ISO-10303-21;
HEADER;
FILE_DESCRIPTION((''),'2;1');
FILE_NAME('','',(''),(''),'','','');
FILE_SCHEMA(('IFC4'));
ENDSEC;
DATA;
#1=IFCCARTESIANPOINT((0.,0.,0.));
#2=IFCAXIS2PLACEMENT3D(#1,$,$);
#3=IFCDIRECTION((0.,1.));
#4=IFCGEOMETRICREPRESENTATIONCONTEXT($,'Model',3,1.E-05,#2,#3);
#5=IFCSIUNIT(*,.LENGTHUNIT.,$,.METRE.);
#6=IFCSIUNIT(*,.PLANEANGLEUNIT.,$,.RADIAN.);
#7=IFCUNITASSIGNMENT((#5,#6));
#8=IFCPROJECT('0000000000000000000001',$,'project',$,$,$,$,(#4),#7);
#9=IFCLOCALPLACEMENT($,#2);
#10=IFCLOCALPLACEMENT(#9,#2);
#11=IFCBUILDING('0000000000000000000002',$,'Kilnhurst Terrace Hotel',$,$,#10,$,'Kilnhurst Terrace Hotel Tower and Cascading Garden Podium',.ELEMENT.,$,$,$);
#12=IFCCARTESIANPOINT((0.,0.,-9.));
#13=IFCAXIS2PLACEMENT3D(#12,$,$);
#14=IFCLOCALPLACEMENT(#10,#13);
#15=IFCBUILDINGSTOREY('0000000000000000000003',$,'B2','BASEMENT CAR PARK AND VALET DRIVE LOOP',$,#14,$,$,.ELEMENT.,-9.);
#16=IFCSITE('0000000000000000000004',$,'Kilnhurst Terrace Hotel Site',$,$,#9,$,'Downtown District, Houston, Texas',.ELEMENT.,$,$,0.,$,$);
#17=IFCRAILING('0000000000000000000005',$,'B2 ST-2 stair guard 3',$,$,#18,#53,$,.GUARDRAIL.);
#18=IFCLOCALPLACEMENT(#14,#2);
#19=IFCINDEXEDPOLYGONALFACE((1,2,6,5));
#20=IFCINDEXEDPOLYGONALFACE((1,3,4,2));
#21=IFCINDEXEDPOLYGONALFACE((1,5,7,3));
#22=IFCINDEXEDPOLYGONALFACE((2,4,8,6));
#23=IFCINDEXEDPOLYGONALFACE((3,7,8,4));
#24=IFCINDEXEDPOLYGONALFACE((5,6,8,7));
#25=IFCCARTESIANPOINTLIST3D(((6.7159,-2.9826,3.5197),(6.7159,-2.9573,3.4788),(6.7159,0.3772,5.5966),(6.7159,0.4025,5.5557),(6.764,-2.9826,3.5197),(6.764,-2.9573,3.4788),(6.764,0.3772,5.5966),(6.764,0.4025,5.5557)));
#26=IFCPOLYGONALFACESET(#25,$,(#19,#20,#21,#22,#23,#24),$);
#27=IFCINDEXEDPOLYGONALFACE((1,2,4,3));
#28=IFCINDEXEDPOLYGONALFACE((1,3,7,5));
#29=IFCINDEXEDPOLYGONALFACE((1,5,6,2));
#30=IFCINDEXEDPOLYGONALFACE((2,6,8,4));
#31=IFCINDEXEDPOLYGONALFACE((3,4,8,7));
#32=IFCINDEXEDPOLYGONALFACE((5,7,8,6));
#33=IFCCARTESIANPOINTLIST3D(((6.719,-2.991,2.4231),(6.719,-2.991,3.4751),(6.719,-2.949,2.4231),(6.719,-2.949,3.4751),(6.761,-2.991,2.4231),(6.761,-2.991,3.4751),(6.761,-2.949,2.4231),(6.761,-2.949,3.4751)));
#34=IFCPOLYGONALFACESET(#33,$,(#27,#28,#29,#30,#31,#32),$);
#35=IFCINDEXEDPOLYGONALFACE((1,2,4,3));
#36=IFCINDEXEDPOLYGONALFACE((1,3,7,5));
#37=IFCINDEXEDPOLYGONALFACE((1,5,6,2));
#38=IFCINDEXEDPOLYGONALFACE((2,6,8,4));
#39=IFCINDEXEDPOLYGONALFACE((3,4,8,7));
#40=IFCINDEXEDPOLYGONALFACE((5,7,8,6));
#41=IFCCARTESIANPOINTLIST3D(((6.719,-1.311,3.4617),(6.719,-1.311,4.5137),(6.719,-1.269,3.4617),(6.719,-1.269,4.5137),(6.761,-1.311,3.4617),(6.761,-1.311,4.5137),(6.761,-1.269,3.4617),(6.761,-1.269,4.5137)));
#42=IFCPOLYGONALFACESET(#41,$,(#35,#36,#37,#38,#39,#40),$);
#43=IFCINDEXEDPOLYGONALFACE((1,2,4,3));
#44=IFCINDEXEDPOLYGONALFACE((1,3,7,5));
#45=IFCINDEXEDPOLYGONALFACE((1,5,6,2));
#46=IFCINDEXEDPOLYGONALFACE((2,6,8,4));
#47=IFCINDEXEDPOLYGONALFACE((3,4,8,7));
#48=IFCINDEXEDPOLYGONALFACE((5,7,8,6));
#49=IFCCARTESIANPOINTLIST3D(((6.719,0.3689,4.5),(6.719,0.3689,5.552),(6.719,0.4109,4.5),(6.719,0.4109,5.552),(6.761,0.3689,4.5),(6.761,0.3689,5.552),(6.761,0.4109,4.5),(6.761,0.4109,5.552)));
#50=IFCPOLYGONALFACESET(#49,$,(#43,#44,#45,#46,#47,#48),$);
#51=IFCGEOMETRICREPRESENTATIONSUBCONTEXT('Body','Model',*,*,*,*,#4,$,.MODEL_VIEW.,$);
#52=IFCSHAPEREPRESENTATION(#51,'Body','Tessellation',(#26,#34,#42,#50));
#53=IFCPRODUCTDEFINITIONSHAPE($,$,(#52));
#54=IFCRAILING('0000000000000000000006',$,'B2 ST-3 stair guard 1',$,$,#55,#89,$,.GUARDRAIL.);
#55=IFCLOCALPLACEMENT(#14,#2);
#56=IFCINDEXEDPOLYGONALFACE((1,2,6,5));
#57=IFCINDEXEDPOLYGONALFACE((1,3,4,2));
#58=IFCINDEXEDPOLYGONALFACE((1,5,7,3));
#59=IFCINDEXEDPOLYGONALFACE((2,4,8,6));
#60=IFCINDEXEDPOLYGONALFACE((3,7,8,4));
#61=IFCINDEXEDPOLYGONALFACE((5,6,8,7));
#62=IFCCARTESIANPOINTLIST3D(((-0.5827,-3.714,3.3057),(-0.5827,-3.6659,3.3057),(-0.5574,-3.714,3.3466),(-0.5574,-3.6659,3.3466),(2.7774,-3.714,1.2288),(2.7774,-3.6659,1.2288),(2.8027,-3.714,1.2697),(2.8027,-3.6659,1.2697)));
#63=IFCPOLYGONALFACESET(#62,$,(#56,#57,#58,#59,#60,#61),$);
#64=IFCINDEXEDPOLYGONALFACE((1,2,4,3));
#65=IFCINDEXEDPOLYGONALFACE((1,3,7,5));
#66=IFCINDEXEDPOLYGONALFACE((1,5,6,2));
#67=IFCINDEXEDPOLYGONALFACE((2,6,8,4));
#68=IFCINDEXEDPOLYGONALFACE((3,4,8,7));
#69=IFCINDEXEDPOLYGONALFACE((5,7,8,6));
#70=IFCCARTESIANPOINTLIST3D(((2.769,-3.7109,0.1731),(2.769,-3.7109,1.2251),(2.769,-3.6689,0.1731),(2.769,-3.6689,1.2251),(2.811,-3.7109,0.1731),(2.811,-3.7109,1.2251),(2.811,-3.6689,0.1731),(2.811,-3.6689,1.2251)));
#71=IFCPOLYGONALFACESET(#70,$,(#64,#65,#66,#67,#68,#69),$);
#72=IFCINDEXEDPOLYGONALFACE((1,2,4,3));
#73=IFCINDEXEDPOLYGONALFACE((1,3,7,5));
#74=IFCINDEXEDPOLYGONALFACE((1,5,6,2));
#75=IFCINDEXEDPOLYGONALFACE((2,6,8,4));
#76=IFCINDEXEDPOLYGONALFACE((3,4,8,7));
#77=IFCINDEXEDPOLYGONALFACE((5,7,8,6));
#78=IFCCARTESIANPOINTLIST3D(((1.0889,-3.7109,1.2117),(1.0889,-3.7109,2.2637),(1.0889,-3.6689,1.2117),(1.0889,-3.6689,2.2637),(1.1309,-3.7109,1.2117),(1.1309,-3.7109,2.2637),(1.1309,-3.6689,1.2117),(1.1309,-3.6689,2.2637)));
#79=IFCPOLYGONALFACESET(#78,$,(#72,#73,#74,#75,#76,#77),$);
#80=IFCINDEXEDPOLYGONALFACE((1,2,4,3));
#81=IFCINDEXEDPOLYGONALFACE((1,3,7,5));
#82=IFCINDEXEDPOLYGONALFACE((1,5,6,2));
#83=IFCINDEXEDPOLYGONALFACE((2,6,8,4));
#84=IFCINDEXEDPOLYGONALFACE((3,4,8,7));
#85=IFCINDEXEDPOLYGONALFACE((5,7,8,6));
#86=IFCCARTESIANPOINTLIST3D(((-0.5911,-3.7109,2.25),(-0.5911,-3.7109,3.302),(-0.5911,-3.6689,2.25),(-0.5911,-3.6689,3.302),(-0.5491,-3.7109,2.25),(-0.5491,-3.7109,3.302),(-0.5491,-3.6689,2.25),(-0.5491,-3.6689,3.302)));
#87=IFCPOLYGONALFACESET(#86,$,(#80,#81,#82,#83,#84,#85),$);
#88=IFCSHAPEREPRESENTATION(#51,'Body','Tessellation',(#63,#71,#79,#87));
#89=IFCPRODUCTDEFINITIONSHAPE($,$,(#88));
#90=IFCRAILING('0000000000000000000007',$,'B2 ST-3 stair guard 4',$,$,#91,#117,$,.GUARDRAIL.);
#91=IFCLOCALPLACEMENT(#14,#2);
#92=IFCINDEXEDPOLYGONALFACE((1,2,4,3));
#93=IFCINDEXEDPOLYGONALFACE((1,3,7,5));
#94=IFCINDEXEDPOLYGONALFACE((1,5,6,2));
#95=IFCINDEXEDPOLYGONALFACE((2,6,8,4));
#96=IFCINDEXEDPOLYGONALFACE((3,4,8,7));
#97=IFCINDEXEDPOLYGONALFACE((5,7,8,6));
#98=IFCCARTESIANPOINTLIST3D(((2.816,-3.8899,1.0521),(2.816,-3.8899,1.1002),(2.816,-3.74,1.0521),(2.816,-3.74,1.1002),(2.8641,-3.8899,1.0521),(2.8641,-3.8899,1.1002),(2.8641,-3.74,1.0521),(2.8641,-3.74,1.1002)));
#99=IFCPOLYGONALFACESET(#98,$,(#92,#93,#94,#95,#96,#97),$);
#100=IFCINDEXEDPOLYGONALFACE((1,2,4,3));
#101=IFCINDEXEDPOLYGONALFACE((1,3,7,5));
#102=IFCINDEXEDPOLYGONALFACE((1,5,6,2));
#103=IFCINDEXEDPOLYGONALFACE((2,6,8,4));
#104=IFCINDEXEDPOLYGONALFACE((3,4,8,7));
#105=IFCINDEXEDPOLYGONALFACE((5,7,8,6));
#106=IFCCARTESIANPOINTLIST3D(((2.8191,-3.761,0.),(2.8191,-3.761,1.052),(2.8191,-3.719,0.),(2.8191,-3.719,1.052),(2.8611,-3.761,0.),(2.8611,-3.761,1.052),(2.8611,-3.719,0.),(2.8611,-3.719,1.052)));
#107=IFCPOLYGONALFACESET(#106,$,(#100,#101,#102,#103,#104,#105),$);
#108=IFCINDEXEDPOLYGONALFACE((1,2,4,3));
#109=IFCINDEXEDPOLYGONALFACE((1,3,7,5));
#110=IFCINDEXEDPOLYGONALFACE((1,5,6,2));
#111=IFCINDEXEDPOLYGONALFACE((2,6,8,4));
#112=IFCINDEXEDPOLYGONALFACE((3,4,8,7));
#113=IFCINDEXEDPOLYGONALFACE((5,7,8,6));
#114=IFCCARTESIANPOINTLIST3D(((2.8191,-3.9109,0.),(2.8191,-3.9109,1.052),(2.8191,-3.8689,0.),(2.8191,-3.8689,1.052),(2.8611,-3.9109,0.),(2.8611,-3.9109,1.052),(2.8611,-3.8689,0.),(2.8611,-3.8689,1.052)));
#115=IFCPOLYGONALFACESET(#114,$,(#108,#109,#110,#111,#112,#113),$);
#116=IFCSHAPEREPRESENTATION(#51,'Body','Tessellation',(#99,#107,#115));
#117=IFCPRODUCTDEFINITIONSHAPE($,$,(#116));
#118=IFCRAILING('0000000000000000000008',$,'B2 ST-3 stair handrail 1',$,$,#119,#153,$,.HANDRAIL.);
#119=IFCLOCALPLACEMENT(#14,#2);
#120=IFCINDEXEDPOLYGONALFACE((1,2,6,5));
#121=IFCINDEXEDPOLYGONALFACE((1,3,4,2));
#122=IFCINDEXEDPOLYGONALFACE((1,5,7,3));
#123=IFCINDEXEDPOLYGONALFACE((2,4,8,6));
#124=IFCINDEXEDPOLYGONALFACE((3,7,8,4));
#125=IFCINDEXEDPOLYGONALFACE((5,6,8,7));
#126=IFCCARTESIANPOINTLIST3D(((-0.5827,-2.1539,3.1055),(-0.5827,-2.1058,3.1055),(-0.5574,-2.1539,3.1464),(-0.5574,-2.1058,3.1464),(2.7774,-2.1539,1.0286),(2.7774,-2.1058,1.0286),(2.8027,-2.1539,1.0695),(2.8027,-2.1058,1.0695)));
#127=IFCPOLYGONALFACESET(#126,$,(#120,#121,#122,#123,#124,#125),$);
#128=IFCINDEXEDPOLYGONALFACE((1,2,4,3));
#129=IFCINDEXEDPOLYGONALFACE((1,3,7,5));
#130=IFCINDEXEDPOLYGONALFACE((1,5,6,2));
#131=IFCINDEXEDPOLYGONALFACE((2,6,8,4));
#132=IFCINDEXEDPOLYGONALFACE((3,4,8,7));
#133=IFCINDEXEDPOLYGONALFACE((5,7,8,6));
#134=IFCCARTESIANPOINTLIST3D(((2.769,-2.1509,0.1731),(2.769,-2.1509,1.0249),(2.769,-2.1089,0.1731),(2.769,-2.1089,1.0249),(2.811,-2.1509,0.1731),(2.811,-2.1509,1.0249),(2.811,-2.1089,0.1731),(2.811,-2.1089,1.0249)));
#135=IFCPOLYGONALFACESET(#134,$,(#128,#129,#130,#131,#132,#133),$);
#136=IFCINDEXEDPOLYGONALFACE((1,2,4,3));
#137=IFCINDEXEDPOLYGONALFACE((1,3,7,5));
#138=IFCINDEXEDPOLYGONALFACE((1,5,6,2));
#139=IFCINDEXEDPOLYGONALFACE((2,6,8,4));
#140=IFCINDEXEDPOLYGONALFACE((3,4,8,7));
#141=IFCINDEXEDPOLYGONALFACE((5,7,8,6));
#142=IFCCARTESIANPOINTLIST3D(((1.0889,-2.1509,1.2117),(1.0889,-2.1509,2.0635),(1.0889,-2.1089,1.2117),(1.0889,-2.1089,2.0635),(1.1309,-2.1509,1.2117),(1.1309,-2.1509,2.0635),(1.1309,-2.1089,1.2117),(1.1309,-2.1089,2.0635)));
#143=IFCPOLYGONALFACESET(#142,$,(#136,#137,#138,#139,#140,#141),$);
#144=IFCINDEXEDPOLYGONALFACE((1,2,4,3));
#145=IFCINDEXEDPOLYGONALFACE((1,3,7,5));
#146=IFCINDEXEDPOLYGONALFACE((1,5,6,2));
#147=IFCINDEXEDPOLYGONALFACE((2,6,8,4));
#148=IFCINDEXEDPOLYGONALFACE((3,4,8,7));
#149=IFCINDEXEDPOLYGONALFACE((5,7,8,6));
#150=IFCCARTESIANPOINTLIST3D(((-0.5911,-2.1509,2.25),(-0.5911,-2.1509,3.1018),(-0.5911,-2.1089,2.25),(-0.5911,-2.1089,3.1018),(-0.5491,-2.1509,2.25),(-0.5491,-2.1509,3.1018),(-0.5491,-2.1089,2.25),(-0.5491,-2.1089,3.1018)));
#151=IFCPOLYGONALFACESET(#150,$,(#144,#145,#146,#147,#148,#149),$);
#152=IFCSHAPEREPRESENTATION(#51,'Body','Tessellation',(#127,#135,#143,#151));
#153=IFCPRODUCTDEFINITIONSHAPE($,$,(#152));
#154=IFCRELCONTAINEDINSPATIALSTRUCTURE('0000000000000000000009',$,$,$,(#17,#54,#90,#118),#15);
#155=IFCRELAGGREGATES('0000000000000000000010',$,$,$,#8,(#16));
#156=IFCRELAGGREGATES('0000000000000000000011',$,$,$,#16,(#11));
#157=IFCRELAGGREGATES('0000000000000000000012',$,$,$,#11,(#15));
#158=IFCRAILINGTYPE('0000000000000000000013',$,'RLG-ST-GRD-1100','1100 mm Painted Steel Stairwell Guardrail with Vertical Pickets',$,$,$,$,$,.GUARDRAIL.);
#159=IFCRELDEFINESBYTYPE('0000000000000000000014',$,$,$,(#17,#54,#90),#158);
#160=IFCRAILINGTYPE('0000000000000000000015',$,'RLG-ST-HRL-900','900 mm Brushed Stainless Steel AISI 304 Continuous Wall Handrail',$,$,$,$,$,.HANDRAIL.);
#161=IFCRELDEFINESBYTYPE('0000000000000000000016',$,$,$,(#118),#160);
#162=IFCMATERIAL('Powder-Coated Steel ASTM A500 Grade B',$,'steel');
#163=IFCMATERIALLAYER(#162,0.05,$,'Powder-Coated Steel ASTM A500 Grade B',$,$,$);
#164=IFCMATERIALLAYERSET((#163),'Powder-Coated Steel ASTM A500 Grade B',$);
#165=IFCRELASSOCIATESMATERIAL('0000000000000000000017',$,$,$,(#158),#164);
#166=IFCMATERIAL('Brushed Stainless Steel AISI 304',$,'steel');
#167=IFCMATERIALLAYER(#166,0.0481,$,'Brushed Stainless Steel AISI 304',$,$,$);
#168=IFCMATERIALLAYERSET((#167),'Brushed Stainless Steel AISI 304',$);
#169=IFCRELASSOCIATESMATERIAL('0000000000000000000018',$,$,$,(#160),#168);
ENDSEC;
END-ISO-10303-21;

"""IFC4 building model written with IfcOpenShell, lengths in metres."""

from ifc_helpers import new_model, si_unit, direction, frame, origin, origin_2d, place, context, subcontext, project, spatial, rectangle, extrude, material, layer, layer_set, type_object, element, save


model = new_model("IFC4")

# Units and contexts
model_context = context("Model", 3, precision=1e-05, world=origin(), true_north=direction((0.0, 1.0)))
body_context = subcontext(model_context, "Body", "Model", "MODEL_VIEW")
ifc_project = project(units=[si_unit("LENGTHUNIT", "METRE"), si_unit("PLANEANGLEUNIT", "RADIAN")], contexts=[model_context])

# Site, building, storey
site_placement = place(None, origin())
site = spatial("IfcSite", under=ifc_project, at=site_placement, Name="Kilnhurst Terrace Hotel Site", LongName="Downtown District, Houston, Texas", CompositionType="ELEMENT", RefElevation=0.0)
building_placement = place(site_placement, origin())
building = spatial("IfcBuilding", under=site, at=building_placement, Name="Kilnhurst Terrace Hotel", LongName="Kilnhurst Terrace Hotel Tower and Cascading Garden Podium", CompositionType="ELEMENT")
storey_placement = place(building_placement, frame((0.0, 0.0, -9.0)))
storey = spatial("IfcBuildingStorey", under=building, at=storey_placement, Name="B2", Description="BASEMENT CAR PARK AND VALET DRIVE LOOP", CompositionType="ELEMENT", Elevation=-9.0)

# Railings
ifc_material_1 = material(Name="Powder-Coated Steel ASTM A500 Grade B", Category="steel")
ifc_layer_1 = layer(ifc_material_1, 0.05, Name="Powder-Coated Steel ASTM A500 Grade B")
ifc_layer_set_1 = layer_set([ifc_layer_1], Name="Powder-Coated Steel ASTM A500 Grade B")
railing_type_1 = type_object("IfcRailingType", Name="RLG-ST-GRD-1100", Description="1100 mm Painted Steel Stairwell Guardrail with Vertical Pickets", PredefinedType="GUARDRAIL", material=ifc_layer_set_1)
railing_1_placement = place(storey_placement, frame((6.74, -2.97, 2.4231)))
element("IfcRailing", 1, at=railing_1_placement, inside=storey, type_object=railing_type_1, Name="B2 ST-2 stair guard 3", PredefinedType="GUARDRAIL", context=body_context, shape_type="SweptSolid", body=[
    extrude(rectangle(XDim=0.0481, YDim=0.0481, at=origin_2d()), frame((0.0, 0.0, 1.0762), z_axis=(0.0, 0.850606, 0.525803), x_axis=(-1.0, 0.0, 0.0)), (0.0, 0.0, 1.0), 3.95),
    extrude(rectangle(XDim=0.042, YDim=0.042, at=origin_2d()), origin(), (0.0, 0.0, 1.0), 1.052),
    extrude(rectangle(XDim=0.042, YDim=0.042, at=origin_2d()), frame((0.0, 1.6799, 1.0386)), (0.0, 0.0, 1.0), 1.052),
    extrude(rectangle(XDim=0.042, YDim=0.042, at=origin_2d()), frame((0.0, 3.3599, 2.0769)), (0.0, 0.0, 1.0), 1.052),
])
railing_2_placement = place(storey_placement, frame((2.79, -3.6899, 0.1731)))
element("IfcRailing", 2, at=railing_2_placement, inside=storey, type_object=railing_type_1, Name="B2 ST-3 stair guard 1", PredefinedType="GUARDRAIL", context=body_context, shape_type="SweptSolid", body=[
    extrude(rectangle(XDim=0.0481, YDim=0.0481, at=origin_2d()), frame((0.0, 0.0, 1.0762), z_axis=(-0.850623, 0.0, 0.525776), x_axis=(0.0, -1.0, 0.0)), (0.0, 0.0, 1.0), 3.9502),
    extrude(rectangle(XDim=0.042, YDim=0.042, at=origin_2d()), origin(), (0.0, 0.0, 1.0), 1.052),
    extrude(rectangle(XDim=0.042, YDim=0.042, at=origin_2d()), frame((-1.6802, 0.0, 1.0386)), (0.0, 0.0, 1.0), 1.052),
    extrude(rectangle(XDim=0.042, YDim=0.042, at=origin_2d()), frame((-3.3601, 0.0, 2.0769)), (0.0, 0.0, 1.0), 1.052),
])
railing_3_placement = place(storey_placement, frame((2.8401, -3.74, 0.0)))
element("IfcRailing", 3, at=railing_3_placement, inside=storey, type_object=railing_type_1, Name="B2 ST-3 stair guard 4", PredefinedType="GUARDRAIL", context=body_context, shape_type="SweptSolid", body=[
    extrude(rectangle(XDim=0.0481, YDim=0.0481, at=origin_2d()), frame((0.0, 0.0, 1.0762), z_axis=(0.0, -1.0, 0.0), x_axis=(1.0, 0.0, 0.0)), (0.0, 0.0, 1.0), 0.1499),
    extrude(rectangle(XDim=0.042, YDim=0.042, at=origin_2d()), origin(), (0.0, 0.0, 1.0), 1.052),
    extrude(rectangle(XDim=0.042, YDim=0.042, at=origin_2d()), frame((0.0, -0.1499, 0.0)), (0.0, 0.0, 1.0), 1.052),
])
ifc_material_2 = material(Name="Brushed Stainless Steel AISI 304", Category="steel")
ifc_layer_2 = layer(ifc_material_2, 0.0481, Name="Brushed Stainless Steel AISI 304")
ifc_layer_set_2 = layer_set([ifc_layer_2], Name="Brushed Stainless Steel AISI 304")
railing_type_2 = type_object("IfcRailingType", Name="RLG-ST-HRL-900", Description="900 mm Brushed Stainless Steel AISI 304 Continuous Wall Handrail", PredefinedType="HANDRAIL", material=ifc_layer_set_2)
railing_4_placement = place(storey_placement, frame((2.79, -2.1299, 0.1731)))
element("IfcRailing", 4, at=railing_4_placement, inside=storey, type_object=railing_type_2, Name="B2 ST-3 stair handrail 1", PredefinedType="HANDRAIL", context=body_context, shape_type="SweptSolid", body=[
    extrude(rectangle(XDim=0.0481, YDim=0.0481, at=origin_2d()), frame((0.0, 0.0, 0.876), z_axis=(-0.850623, 0.0, 0.525776), x_axis=(0.0, -1.0, 0.0)), (0.0, 0.0, 1.0), 3.9502),
    extrude(rectangle(XDim=0.042, YDim=0.042, at=origin_2d()), origin(), (0.0, 0.0, 1.0), 0.8518),
    extrude(rectangle(XDim=0.042, YDim=0.042, at=origin_2d()), frame((-1.6802, 0.0, 1.0386)), (0.0, 0.0, 1.0), 0.8518),
    extrude(rectangle(XDim=0.042, YDim=0.042, at=origin_2d()), frame((-3.3601, 0.0, 2.0769)), (0.0, 0.0, 1.0), 0.8518),
])

save(model, "model.ifc")
